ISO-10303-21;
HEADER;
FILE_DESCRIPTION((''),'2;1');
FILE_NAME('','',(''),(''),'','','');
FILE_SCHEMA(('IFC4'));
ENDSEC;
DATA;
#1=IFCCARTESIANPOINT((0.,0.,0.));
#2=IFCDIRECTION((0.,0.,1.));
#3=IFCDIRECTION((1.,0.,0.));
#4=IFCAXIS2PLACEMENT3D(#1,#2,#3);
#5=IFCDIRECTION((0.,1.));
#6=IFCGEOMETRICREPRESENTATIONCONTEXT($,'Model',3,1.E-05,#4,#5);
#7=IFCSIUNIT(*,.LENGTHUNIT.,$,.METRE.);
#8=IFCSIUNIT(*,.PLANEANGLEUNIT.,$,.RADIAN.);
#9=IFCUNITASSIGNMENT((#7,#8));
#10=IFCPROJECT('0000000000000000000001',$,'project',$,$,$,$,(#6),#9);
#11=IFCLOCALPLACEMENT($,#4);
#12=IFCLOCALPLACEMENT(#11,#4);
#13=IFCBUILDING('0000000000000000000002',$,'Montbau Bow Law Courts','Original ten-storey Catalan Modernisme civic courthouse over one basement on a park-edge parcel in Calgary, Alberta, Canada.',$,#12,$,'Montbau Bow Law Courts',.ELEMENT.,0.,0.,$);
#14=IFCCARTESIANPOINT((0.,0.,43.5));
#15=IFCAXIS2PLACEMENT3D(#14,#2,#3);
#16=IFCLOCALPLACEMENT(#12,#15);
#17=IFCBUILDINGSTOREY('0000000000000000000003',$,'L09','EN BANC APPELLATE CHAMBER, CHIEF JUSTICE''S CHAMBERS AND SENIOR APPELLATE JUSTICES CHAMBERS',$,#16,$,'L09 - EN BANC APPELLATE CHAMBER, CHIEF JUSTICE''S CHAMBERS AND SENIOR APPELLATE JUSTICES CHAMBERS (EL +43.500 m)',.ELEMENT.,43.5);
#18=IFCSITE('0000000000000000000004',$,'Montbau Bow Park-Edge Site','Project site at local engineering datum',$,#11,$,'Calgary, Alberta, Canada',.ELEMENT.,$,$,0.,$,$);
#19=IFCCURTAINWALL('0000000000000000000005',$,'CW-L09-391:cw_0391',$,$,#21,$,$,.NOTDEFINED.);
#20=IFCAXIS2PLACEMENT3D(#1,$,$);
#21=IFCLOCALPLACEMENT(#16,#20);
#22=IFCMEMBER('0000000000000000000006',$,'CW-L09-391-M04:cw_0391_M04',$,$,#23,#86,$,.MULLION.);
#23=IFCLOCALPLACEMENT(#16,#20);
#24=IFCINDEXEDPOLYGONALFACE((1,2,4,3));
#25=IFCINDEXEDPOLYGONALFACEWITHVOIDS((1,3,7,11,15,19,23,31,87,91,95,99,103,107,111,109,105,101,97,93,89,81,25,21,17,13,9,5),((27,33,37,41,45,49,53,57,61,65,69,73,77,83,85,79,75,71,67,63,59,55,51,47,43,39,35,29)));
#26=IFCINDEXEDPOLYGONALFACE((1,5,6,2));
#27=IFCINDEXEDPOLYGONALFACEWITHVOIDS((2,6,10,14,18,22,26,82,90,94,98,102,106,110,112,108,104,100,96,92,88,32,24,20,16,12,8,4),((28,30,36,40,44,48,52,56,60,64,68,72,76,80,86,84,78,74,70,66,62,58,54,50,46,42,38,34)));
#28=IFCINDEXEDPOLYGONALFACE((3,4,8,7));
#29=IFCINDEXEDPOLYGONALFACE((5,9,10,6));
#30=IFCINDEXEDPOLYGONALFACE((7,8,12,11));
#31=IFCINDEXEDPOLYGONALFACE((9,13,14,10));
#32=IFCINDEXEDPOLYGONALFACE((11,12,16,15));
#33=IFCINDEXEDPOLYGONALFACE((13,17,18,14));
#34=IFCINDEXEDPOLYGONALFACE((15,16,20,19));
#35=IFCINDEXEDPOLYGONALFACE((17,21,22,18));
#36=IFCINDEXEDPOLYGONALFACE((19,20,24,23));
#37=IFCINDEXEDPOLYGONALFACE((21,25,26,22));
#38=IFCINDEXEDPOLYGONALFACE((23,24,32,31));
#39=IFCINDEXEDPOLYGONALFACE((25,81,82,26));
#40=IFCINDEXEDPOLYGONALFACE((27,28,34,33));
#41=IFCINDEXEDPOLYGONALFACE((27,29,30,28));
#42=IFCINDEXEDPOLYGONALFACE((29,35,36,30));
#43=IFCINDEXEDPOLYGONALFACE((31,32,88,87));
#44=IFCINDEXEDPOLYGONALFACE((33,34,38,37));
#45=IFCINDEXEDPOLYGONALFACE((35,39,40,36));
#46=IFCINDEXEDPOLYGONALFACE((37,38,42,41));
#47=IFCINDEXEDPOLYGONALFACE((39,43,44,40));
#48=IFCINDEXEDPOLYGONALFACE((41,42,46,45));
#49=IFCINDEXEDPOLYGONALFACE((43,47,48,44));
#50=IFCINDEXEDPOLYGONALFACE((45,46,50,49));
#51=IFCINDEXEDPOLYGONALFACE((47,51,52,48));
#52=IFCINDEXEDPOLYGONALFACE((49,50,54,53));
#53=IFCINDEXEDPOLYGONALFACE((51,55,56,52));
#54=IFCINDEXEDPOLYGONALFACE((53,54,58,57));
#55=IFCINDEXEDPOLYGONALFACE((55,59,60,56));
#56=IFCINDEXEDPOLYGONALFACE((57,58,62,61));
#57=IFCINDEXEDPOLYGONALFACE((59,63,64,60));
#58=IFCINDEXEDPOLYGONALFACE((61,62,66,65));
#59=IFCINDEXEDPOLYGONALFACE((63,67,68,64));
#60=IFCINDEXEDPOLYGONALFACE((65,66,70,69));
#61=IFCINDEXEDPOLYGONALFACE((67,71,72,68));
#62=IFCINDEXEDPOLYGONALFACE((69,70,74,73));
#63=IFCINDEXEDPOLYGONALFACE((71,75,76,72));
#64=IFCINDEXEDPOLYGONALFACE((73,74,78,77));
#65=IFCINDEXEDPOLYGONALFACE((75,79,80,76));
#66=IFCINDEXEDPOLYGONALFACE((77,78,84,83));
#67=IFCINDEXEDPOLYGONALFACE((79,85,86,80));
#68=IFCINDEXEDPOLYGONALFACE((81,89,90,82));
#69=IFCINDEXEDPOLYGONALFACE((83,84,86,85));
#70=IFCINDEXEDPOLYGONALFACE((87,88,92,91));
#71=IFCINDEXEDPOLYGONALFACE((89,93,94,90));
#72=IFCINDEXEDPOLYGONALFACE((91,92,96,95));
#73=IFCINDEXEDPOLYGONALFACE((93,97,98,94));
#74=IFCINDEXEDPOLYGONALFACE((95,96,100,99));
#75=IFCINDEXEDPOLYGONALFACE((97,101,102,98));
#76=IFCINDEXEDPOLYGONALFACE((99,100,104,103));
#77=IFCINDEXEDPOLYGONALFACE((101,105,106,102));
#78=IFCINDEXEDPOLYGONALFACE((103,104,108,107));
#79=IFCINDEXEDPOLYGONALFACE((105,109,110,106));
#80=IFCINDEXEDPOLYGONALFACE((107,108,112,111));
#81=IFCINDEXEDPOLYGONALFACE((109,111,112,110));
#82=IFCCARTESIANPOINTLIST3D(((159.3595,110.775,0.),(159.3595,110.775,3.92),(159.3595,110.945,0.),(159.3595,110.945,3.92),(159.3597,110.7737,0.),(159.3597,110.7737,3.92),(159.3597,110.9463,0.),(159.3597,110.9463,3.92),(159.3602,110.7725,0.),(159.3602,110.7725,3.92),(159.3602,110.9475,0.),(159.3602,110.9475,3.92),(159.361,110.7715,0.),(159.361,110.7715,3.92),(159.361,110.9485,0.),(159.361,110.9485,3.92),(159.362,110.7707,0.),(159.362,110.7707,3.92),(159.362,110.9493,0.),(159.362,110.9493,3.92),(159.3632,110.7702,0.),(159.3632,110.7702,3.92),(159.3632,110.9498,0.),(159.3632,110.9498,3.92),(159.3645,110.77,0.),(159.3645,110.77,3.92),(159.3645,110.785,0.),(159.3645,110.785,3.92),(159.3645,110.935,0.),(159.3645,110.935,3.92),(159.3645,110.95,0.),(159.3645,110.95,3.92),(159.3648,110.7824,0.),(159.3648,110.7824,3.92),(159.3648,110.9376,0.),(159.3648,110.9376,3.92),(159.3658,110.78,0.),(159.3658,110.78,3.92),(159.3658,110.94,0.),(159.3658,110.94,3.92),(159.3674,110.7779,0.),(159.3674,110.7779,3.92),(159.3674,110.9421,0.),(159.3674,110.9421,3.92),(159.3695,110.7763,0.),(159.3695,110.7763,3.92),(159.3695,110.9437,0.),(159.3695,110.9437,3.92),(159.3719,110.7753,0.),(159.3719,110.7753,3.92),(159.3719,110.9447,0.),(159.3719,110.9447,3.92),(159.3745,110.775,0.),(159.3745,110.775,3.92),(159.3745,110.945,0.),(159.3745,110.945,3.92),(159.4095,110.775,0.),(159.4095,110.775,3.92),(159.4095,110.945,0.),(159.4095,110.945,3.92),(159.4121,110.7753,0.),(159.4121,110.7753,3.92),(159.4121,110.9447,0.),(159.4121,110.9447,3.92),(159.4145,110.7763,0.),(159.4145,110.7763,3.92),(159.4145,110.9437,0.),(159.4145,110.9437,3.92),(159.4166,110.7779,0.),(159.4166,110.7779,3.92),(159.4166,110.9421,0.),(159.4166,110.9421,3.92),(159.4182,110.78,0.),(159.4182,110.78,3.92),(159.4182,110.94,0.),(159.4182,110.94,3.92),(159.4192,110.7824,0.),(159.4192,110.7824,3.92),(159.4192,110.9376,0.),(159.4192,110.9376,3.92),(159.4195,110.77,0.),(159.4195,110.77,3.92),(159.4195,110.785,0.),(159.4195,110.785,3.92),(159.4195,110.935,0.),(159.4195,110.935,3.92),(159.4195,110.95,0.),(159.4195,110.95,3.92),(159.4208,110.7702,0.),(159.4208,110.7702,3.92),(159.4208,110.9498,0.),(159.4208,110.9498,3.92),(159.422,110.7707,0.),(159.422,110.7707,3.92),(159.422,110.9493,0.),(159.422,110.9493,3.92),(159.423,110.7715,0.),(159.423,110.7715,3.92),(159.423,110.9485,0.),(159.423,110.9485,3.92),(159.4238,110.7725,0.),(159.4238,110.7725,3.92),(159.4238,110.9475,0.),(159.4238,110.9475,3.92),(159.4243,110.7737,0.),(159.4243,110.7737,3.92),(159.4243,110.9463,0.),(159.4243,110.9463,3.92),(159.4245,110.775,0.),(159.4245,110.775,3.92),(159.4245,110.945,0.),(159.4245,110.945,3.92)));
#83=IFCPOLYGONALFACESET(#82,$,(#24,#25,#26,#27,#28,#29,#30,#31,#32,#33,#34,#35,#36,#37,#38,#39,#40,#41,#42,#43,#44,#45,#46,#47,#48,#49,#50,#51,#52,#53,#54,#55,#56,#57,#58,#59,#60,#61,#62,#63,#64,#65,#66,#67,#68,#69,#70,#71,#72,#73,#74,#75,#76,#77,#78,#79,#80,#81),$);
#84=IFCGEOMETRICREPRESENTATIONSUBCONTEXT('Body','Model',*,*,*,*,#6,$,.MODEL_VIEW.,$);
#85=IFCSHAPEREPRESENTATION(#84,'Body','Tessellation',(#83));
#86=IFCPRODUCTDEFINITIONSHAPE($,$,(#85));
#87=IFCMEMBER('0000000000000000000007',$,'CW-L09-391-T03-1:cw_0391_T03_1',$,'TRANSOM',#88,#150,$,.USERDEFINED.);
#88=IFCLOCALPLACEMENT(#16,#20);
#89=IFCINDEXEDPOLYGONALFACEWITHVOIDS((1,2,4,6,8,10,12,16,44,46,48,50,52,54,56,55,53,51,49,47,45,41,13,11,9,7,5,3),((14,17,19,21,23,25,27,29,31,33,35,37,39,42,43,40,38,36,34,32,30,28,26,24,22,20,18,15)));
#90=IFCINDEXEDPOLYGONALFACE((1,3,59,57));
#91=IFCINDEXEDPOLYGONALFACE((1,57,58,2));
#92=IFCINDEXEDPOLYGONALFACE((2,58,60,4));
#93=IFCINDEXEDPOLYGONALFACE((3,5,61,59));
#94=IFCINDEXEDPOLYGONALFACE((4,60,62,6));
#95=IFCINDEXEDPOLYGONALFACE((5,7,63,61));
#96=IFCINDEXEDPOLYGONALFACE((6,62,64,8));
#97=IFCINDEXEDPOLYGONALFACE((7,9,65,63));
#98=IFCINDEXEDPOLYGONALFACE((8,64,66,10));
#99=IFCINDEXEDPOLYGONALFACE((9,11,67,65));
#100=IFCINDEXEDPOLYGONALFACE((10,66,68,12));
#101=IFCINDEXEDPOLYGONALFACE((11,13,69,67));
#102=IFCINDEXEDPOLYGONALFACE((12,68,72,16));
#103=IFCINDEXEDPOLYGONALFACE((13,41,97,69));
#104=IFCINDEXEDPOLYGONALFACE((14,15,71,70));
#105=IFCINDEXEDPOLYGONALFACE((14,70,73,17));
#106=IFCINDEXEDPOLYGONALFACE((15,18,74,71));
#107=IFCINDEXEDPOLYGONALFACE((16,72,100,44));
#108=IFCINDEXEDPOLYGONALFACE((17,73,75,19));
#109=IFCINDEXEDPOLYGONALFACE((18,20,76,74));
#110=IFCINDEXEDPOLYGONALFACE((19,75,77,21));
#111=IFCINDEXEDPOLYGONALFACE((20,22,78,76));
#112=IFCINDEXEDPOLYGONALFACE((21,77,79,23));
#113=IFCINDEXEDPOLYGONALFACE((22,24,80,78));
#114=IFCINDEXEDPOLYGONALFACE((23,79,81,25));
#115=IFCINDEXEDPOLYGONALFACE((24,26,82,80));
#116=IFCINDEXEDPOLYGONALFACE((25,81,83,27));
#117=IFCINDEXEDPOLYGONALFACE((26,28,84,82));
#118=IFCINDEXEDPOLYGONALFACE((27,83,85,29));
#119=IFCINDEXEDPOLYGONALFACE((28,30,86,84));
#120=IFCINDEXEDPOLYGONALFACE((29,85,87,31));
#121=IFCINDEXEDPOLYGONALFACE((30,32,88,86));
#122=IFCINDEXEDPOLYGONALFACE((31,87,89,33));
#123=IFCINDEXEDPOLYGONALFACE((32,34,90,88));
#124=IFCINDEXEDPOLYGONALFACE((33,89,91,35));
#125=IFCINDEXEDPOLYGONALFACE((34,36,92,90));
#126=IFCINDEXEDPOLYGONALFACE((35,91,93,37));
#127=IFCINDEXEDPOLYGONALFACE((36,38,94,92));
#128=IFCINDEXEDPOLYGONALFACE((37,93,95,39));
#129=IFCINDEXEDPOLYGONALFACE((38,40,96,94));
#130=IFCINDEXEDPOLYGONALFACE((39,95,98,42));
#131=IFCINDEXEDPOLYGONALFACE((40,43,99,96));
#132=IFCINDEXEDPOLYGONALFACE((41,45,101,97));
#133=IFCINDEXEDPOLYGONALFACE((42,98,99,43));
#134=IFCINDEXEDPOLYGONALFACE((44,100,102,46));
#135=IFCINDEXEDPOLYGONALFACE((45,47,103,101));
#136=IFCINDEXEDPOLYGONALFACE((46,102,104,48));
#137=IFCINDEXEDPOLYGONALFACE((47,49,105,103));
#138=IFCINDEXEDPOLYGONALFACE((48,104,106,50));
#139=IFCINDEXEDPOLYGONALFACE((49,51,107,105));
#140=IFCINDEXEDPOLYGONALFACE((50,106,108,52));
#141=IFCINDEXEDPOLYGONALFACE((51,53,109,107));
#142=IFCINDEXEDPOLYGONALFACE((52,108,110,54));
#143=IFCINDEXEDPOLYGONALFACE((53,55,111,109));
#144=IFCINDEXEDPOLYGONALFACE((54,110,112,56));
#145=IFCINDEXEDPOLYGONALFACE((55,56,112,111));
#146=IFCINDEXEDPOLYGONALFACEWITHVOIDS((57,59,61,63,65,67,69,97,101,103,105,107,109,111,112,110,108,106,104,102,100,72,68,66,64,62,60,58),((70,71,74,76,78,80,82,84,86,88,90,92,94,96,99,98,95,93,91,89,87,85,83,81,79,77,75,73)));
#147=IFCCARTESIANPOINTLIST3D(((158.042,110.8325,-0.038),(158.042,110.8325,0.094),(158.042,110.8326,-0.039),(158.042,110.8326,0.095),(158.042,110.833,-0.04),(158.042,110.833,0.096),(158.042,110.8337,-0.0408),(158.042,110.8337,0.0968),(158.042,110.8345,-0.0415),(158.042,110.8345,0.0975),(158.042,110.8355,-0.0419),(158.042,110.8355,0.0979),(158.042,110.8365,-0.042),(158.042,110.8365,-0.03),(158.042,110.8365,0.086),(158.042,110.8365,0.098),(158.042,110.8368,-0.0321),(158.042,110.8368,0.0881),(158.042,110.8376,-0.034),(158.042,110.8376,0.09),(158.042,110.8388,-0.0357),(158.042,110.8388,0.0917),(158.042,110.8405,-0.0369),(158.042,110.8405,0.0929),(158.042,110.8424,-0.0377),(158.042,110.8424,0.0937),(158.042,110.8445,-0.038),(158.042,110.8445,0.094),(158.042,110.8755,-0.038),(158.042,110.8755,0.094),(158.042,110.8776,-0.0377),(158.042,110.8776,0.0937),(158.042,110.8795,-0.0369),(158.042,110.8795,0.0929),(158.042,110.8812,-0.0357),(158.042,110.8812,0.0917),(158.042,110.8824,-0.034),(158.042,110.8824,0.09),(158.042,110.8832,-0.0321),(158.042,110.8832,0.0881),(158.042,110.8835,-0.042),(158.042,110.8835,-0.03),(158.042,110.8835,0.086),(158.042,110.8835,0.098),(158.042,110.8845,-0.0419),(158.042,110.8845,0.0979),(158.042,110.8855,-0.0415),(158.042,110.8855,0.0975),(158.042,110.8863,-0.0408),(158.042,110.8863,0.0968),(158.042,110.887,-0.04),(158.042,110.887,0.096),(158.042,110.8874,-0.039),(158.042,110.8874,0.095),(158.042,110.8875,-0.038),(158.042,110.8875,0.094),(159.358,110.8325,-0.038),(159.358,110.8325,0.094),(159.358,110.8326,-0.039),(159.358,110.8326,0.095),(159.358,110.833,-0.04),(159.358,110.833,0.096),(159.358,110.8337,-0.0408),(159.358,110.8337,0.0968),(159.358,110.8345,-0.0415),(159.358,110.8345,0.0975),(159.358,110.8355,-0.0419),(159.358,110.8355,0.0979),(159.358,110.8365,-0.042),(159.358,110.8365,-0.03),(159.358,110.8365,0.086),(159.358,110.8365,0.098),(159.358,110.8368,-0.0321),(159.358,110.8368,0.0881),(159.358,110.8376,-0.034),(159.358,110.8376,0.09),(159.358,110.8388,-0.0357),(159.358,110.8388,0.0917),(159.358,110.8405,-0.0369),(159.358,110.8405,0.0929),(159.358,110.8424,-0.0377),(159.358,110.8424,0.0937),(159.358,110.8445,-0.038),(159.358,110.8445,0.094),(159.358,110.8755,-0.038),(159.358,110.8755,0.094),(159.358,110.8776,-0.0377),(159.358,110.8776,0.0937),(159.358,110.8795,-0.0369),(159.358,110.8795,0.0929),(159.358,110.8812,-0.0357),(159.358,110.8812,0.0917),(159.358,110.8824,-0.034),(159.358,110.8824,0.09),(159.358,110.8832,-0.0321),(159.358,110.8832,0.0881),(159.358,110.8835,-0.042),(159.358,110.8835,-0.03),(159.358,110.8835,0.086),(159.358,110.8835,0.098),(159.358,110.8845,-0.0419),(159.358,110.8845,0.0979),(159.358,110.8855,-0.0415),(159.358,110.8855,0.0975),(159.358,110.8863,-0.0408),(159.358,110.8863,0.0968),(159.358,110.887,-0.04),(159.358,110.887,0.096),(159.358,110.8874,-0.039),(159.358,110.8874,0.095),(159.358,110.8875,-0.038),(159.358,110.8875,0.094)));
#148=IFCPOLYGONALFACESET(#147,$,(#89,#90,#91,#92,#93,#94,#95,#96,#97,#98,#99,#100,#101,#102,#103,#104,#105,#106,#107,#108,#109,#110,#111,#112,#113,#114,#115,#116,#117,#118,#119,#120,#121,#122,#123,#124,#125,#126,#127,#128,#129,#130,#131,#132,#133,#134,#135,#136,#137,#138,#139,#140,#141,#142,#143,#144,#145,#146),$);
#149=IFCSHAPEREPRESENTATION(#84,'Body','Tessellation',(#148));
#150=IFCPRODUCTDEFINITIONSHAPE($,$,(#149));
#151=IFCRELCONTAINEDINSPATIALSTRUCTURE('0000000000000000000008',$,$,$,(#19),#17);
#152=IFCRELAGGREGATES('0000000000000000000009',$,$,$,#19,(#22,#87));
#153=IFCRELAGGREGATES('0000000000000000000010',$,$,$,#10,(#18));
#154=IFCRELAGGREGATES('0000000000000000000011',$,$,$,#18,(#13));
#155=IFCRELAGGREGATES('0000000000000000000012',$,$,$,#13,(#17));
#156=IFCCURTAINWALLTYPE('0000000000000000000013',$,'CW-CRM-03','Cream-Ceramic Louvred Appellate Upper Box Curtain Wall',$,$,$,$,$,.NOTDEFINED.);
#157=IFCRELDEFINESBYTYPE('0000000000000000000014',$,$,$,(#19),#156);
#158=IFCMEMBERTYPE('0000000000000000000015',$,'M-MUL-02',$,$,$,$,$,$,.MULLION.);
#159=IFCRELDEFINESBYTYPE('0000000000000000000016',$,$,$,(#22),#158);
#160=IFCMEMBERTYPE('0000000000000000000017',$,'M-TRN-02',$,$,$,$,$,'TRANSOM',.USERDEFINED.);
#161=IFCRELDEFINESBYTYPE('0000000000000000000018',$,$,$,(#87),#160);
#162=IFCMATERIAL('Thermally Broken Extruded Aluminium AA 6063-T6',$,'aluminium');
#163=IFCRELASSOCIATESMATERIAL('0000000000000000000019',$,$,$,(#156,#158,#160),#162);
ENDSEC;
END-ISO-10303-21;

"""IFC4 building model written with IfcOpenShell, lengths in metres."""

from ifc_helpers import new_model, si_unit, direction, frame, origin_with_axes, origin_2d_with_axis, place, context, subcontext, project, spatial, hollow_rectangle, extrude, material, material_profile, profile_set, type_object, element, aggregate, save


model = new_model("IFC4")

# Units and contexts
model_context = context("Model", 3, precision=1e-05, world=origin_with_axes(), true_north=direction((0.0, 1.0)))
body_context = subcontext(model_context, "Body", "Model", "MODEL_VIEW")
ifc_project = project(units=[si_unit("LENGTHUNIT", "METRE"), si_unit("PLANEANGLEUNIT", "RADIAN")], contexts=[model_context])

# Site, building, storey
site_placement = place(None, origin_with_axes())
site = spatial("IfcSite", under=ifc_project, at=site_placement, Name="Montbau Bow Park-Edge Site", Description="Project site at local engineering datum", LongName="Calgary, Alberta, Canada", CompositionType="ELEMENT", RefElevation=0.0)
building_placement = place(site_placement, origin_with_axes())
building = spatial("IfcBuilding", under=site, at=building_placement, Name="Montbau Bow Law Courts", Description="Original ten-storey Catalan Modernisme civic courthouse over one basement on a park-edge parcel in Calgary, Alberta, Canada.", LongName="Montbau Bow Law Courts", CompositionType="ELEMENT", ElevationOfRefHeight=0.0, ElevationOfTerrain=0.0)
storey_placement = place(building_placement, frame((0.0, 0.0, 43.5), z_axis=(0.0, 0.0, 1.0), x_axis=(1.0, 0.0, 0.0)))
storey = spatial("IfcBuildingStorey", under=building, at=storey_placement, Name="L09", Description="EN BANC APPELLATE CHAMBER, CHIEF JUSTICE'S CHAMBERS AND SENIOR APPELLATE JUSTICES CHAMBERS", LongName="L09 - EN BANC APPELLATE CHAMBER, CHIEF JUSTICE'S CHAMBERS AND SENIOR APPELLATE JUSTICES CHAMBERS (EL +43.500 m)", CompositionType="ELEMENT", Elevation=43.5)

# Curtain wall, members
ifc_material_1 = material(Name="Thermally Broken Extruded Aluminium AA 6063-T6", Category="aluminium")
curtain_wall_type = type_object("IfcCurtainWallType", Name="CW-CRM-03", Description="Cream-Ceramic Louvred Appellate Upper Box Curtain Wall", PredefinedType="NOTDEFINED", material=ifc_material_1)
curtain_wall_placement = place(None, frame((155.24, 110.86, 43.5), z_axis=(0.0, 0.0, 1.0), x_axis=(1.0, 0.0, 0.0)))
curtain_wall = element("IfcCurtainWall", 1, at=curtain_wall_placement, inside=storey, type_object=curtain_wall_type, Name="CW-L09-391:cw_0391", PredefinedType="NOTDEFINED")
ifc_material_profile_1 = material_profile(ifc_material_1, hollow_rectangle(XDim=0.065, YDim=0.18, WallThickness=0.005, InnerFilletRadius=0.01, OuterFilletRadius=0.005, at=origin_2d_with_axis()), Name="CWM-180X65", Category="Main", Priority=0)
ifc_profile_set_1 = profile_set([ifc_material_profile_1], Name="Thermally Broken Extruded Aluminium AA 6063-T6")
member_type_1 = type_object("IfcMemberType", Name="M-MUL-02", PredefinedType="MULLION", material=ifc_profile_set_1)
member_1_placement = place(None, frame((159.392, 110.86, 43.5), z_axis=(0.0, 0.0, 1.0), x_axis=(1.0, 0.0, 0.0)))
member_1 = element("IfcMember", 2, at=member_1_placement, type_object=member_type_1, Name="CW-L09-391-M04:cw_0391_M04", PredefinedType="MULLION", context=body_context, shape_type="SweptSolid", body=[
    extrude(hollow_rectangle(XDim=0.065, YDim=0.18, WallThickness=0.005, InnerFilletRadius=0.01, OuterFilletRadius=0.005, at=origin_2d_with_axis()), origin_with_axes(), (0.0, 0.0, 1.0), 3.92),
])
ifc_material_profile_2 = material_profile(ifc_material_1, hollow_rectangle(XDim=0.055, YDim=0.14, WallThickness=0.004, InnerFilletRadius=0.008, OuterFilletRadius=0.004, at=origin_2d_with_axis()), Name="CWT-140X55", Category="Main", Priority=0)
ifc_profile_set_2 = profile_set([ifc_material_profile_2], Name="Thermally Broken Extruded Aluminium AA 6063-T6")
member_type_2 = type_object("IfcMemberType", Name="M-TRN-02", ElementType="TRANSOM", PredefinedType="USERDEFINED", material=ifc_profile_set_2)
member_2_placement = place(None, frame((158.042, 110.86, 43.528), z_axis=(1.0, 0.0, 0.0), x_axis=(0.0, 1.0, 0.0)))
member_2 = element("IfcMember", 3, at=member_2_placement, type_object=member_type_2, Name="CW-L09-391-T03-1:cw_0391_T03_1", ObjectType="TRANSOM", PredefinedType="USERDEFINED", context=body_context, shape_type="SweptSolid", body=[
    extrude(hollow_rectangle(XDim=0.055, YDim=0.14, WallThickness=0.004, InnerFilletRadius=0.008, OuterFilletRadius=0.004, at=origin_2d_with_axis()), origin_with_axes(), (0.0, 0.0, 1.0), 1.316),
])
aggregate(curtain_wall, [member_1, member_2])

save(model, "model.ifc")
